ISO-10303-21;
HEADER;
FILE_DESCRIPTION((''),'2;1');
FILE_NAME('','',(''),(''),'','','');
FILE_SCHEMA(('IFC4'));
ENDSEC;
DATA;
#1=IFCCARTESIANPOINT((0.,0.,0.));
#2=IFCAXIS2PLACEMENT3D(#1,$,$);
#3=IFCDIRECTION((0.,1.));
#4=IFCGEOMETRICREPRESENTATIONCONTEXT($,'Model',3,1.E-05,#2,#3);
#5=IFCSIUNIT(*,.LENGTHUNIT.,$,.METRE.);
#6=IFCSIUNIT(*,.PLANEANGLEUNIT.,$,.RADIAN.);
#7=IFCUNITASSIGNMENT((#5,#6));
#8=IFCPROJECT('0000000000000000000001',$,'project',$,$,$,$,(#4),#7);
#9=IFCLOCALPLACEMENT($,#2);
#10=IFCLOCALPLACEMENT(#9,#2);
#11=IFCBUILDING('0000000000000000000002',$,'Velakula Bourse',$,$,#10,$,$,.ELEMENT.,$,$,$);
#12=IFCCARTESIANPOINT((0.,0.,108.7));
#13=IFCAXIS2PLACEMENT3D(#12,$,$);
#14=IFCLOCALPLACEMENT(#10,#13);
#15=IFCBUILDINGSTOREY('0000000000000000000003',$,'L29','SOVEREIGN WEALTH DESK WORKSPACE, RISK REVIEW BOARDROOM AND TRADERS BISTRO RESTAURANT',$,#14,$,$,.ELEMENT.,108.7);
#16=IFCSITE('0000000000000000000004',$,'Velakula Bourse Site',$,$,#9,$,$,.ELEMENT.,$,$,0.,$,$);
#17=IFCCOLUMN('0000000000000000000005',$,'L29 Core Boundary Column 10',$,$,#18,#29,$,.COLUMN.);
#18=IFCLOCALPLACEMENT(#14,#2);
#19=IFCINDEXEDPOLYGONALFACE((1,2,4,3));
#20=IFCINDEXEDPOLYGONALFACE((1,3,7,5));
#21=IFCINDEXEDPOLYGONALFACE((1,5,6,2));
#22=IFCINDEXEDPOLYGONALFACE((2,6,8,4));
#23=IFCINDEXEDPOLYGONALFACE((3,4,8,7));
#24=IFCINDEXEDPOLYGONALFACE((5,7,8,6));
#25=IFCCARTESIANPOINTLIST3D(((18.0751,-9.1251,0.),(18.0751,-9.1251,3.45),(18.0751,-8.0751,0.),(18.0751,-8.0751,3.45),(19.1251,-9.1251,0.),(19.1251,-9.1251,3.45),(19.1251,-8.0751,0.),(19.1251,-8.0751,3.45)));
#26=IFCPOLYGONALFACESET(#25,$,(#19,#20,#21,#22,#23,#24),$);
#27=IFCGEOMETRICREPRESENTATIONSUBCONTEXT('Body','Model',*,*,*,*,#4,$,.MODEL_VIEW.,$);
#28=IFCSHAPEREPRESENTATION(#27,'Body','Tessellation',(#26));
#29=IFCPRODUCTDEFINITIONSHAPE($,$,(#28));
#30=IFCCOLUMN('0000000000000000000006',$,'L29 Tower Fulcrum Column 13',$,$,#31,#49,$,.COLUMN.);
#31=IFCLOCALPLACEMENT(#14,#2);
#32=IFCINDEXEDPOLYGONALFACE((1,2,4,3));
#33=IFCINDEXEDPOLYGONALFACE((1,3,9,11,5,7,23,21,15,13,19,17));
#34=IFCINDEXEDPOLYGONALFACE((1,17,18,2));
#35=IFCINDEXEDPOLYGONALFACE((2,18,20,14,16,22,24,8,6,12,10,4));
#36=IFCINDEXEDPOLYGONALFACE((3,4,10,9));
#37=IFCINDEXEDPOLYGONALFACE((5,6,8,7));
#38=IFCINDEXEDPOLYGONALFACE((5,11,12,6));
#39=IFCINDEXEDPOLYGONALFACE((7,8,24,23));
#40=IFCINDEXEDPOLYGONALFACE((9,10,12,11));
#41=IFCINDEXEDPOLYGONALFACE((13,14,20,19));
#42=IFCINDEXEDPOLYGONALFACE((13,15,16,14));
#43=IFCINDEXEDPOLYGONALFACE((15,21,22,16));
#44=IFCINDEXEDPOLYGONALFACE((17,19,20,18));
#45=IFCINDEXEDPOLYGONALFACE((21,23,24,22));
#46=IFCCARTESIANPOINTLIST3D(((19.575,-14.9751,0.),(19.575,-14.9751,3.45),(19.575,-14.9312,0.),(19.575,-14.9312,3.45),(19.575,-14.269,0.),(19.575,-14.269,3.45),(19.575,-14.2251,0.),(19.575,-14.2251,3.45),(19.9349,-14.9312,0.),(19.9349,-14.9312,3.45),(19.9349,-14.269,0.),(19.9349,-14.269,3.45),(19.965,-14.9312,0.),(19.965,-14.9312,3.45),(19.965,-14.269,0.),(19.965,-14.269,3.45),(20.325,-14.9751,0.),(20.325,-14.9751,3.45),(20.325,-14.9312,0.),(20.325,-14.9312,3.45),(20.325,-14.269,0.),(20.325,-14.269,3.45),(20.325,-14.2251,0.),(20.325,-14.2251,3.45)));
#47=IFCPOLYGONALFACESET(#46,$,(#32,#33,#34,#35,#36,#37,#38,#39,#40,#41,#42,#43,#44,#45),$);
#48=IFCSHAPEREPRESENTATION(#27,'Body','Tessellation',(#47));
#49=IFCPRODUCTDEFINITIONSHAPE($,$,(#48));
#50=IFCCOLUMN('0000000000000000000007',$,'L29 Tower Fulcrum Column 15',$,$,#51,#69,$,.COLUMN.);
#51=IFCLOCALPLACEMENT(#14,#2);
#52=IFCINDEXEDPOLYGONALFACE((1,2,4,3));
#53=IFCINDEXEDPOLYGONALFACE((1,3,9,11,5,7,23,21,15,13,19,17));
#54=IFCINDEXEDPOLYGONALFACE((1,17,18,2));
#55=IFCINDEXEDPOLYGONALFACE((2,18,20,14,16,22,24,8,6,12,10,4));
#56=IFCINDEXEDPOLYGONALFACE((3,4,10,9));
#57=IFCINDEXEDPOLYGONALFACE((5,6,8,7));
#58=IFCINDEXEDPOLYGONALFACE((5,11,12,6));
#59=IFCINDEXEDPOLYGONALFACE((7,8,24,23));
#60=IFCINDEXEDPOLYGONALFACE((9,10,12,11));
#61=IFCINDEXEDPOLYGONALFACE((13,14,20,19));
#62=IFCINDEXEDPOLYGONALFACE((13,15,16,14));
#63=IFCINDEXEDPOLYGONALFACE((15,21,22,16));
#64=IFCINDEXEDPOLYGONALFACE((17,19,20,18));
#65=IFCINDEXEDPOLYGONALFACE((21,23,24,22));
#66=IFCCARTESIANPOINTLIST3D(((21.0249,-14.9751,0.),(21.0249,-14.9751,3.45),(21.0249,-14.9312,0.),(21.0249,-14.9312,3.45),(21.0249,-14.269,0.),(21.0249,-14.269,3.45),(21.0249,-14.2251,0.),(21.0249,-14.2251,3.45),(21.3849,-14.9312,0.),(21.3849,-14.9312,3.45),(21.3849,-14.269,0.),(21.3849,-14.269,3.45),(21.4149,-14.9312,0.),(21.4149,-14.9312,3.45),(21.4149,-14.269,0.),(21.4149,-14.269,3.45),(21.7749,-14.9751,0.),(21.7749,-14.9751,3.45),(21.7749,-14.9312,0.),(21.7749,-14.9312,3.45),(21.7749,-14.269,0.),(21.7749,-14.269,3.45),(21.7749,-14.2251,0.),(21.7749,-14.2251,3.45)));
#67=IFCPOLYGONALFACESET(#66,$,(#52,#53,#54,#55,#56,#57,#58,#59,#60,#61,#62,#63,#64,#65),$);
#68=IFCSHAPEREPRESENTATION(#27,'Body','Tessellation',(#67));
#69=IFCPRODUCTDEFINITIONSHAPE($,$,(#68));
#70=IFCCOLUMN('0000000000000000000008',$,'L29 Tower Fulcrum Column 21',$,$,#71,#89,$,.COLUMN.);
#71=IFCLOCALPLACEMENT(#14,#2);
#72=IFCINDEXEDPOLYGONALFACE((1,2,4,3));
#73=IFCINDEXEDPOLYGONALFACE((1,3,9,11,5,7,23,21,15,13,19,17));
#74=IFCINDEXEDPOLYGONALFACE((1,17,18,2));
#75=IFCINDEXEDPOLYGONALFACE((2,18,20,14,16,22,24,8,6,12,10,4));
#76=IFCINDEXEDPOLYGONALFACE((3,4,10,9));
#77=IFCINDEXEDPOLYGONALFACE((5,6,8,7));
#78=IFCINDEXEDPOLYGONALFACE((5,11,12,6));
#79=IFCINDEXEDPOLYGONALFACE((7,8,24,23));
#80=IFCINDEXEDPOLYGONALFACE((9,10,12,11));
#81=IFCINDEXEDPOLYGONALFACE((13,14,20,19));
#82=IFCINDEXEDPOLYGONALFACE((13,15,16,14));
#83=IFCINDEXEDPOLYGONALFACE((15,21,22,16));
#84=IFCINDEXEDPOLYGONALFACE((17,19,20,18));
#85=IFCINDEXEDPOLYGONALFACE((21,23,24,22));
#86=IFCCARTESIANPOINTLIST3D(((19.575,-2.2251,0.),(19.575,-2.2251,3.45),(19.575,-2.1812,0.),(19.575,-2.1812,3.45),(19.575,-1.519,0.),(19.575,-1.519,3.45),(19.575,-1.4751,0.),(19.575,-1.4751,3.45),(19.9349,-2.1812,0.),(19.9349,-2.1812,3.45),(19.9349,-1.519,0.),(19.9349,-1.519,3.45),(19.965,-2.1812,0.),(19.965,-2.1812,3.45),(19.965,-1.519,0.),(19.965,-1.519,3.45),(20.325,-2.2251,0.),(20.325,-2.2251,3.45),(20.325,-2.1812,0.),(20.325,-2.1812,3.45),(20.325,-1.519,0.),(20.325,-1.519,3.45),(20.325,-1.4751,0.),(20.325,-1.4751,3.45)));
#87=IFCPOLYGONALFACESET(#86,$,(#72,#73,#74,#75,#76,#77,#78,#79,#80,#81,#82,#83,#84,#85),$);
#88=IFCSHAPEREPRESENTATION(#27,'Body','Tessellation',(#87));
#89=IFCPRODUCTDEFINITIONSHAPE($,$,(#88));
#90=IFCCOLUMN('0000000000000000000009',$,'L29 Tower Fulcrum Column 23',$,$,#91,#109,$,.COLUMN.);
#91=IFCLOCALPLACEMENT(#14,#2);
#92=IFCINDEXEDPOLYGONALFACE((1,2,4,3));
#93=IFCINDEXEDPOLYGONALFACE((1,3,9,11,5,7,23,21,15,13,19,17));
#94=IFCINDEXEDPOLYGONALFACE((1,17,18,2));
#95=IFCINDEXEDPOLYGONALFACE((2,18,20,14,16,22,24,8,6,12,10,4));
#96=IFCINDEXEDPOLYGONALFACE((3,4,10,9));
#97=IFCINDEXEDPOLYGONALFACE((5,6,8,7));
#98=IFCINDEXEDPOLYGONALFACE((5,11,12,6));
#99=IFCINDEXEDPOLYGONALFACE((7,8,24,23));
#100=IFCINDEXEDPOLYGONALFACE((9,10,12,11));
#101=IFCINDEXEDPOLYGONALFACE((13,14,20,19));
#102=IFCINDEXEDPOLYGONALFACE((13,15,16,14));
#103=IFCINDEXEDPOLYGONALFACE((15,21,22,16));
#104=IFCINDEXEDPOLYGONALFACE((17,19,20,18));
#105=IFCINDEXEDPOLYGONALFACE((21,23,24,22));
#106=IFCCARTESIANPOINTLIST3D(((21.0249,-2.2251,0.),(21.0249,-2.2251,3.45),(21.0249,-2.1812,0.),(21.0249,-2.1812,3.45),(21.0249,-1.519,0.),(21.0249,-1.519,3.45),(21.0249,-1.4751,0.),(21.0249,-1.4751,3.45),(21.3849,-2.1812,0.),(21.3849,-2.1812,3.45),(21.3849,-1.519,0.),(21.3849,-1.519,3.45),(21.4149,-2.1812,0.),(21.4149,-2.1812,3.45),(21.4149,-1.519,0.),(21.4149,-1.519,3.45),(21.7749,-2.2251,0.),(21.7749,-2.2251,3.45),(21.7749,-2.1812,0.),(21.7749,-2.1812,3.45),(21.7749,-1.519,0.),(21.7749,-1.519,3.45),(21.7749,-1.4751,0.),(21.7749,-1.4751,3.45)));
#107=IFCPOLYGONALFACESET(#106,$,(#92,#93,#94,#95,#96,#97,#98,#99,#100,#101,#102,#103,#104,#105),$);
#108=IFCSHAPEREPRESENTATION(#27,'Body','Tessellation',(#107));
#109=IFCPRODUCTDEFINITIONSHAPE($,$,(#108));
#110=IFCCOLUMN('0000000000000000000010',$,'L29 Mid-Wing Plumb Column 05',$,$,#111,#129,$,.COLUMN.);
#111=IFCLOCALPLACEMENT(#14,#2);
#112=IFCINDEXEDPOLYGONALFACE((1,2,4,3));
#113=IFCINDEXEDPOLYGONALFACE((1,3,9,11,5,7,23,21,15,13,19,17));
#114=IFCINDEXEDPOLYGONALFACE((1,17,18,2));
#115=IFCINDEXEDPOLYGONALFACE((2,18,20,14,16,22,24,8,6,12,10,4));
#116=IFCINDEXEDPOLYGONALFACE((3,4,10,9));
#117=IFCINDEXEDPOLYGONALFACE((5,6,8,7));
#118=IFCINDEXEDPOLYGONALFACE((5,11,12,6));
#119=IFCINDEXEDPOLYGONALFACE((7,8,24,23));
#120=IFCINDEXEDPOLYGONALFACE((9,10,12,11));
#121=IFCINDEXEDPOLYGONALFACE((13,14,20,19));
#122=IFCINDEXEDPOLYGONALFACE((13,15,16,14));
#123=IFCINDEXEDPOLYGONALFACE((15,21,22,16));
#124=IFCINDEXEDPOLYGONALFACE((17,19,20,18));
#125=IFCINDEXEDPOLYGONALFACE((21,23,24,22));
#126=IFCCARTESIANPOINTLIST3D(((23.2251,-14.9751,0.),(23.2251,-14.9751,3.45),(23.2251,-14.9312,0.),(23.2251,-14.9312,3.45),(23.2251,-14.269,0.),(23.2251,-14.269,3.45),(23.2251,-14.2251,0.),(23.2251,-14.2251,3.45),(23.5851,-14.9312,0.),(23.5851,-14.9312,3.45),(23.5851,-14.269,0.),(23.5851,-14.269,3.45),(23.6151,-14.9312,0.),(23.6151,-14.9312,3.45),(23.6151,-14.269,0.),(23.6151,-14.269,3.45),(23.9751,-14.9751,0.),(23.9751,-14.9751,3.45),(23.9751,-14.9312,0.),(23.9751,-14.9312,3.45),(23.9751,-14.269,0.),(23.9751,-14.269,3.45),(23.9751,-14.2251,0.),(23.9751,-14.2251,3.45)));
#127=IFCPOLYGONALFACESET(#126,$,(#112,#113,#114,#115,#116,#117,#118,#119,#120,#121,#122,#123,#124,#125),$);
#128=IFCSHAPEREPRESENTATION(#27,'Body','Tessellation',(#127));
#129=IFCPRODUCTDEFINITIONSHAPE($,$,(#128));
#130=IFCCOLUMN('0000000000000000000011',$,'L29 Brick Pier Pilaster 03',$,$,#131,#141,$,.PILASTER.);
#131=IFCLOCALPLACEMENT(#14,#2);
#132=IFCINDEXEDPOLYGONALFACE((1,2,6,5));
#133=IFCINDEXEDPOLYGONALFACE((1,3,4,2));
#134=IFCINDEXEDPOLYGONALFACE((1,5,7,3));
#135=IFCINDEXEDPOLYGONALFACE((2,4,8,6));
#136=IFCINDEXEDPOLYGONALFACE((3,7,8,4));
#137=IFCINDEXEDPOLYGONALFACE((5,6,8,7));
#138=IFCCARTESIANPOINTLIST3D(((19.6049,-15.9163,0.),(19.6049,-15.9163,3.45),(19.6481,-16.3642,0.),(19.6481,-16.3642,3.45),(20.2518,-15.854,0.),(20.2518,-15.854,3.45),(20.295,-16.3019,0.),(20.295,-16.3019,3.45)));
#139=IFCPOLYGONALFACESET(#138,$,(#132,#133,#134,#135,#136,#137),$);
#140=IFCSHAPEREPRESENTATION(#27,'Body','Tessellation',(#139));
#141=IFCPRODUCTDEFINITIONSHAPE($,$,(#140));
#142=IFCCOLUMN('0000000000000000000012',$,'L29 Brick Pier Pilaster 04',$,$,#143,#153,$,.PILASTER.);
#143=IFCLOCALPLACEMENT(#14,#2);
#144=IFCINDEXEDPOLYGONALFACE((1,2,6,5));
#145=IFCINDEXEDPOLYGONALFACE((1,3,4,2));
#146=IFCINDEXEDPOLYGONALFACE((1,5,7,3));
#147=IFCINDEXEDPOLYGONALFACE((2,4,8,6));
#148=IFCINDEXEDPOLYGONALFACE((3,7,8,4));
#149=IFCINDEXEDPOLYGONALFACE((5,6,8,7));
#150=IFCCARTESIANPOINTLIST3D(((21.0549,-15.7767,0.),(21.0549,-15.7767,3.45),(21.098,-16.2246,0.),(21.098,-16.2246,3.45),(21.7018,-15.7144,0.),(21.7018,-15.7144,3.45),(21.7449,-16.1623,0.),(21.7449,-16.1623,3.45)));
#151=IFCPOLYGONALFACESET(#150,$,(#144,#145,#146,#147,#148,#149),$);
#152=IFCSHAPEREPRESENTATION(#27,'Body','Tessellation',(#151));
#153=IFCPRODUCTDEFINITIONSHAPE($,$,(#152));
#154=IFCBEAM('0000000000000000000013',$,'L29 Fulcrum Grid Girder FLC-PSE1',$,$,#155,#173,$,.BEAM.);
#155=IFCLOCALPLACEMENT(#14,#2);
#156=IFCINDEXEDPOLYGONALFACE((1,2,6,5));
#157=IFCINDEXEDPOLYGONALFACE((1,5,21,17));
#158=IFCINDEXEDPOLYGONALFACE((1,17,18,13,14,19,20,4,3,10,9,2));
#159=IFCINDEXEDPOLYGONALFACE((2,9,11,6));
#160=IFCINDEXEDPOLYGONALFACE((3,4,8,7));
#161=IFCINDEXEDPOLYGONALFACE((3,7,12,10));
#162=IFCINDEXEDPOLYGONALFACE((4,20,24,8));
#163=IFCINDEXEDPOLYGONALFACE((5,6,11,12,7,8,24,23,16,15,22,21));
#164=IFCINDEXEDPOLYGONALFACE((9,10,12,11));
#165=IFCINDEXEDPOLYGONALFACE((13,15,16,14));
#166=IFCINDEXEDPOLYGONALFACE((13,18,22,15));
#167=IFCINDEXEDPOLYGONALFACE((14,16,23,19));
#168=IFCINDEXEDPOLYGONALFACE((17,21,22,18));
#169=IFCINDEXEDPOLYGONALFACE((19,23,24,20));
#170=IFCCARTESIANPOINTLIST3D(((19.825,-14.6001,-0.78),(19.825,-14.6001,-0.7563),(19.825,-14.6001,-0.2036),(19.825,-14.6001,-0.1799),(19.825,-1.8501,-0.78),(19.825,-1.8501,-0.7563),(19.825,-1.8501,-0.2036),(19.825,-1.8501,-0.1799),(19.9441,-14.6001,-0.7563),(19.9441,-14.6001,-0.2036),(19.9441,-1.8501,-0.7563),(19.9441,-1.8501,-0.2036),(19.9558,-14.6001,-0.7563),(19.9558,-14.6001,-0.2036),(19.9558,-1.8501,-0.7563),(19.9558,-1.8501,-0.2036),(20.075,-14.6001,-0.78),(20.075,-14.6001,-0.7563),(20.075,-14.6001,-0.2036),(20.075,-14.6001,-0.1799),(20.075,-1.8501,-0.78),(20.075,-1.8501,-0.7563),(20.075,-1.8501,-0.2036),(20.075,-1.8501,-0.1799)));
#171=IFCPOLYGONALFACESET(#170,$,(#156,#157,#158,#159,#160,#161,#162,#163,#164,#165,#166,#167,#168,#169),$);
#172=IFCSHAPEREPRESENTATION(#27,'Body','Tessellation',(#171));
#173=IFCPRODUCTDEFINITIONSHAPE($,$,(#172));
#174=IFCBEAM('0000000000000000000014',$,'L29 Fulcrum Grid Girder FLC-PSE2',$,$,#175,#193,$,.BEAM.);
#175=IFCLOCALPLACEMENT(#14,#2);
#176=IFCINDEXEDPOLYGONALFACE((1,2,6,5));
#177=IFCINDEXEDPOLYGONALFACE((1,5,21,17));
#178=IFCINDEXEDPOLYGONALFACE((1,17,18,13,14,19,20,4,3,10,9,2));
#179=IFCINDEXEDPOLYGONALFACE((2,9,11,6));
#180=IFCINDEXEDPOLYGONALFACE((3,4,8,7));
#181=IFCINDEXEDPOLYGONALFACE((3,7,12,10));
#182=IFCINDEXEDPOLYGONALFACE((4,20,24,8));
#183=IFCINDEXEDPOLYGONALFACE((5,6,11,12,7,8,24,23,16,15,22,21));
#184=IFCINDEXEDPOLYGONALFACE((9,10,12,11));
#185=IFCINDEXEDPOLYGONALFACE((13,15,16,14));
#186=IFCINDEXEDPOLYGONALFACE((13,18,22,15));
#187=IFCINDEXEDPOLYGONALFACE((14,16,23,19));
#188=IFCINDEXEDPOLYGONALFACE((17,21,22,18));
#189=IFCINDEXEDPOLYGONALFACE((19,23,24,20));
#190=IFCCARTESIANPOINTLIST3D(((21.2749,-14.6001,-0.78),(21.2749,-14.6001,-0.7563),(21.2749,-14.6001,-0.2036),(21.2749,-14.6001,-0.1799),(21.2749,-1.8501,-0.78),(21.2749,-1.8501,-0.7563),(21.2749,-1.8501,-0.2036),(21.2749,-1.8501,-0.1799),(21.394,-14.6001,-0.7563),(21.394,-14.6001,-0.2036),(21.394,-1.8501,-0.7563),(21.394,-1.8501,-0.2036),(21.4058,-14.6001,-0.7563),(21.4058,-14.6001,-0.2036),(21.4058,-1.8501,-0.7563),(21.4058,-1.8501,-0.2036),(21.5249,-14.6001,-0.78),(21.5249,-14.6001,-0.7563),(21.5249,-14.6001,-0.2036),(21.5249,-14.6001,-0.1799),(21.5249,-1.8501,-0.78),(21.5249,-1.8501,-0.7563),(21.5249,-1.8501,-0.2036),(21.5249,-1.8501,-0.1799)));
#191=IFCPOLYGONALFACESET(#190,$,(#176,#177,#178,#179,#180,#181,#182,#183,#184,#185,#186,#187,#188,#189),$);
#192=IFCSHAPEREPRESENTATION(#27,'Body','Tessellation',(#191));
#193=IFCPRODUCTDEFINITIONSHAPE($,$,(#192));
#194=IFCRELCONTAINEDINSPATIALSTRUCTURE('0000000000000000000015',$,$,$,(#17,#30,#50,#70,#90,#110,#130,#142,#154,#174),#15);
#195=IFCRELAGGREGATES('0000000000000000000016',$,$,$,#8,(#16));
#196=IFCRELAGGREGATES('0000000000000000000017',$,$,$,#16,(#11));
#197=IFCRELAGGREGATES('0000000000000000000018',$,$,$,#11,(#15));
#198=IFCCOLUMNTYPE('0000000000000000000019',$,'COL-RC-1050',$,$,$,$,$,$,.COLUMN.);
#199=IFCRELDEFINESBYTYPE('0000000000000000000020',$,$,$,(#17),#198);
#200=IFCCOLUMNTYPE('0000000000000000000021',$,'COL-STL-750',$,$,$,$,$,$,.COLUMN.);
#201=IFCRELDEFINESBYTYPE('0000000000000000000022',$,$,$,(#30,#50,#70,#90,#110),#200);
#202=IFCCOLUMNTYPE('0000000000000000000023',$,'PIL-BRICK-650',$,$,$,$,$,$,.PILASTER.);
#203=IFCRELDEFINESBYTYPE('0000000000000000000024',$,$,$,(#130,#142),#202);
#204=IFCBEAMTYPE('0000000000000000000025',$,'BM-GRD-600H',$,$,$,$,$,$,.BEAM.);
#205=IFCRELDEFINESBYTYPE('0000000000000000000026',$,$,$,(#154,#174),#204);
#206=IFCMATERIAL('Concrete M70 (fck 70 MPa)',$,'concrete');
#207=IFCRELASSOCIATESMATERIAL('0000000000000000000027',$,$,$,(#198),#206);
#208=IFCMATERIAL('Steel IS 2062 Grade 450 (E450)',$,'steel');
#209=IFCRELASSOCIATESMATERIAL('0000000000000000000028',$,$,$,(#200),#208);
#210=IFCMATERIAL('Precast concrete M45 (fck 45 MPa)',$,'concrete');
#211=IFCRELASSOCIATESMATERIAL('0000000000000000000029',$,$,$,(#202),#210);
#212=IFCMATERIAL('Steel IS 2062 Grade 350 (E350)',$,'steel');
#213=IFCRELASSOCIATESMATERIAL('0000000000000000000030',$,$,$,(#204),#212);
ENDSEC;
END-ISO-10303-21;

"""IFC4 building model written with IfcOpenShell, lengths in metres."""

from ifc_helpers import new_model, si_unit, direction, frame, origin, origin_2d, place, context, subcontext, project, spatial, rectangle, i_section, extrude, material, material_profile, profile_set, type_object, element, save


model = new_model("IFC4")

# Units and contexts
model_context = context("Model", 3, precision=1e-05, world=origin(), true_north=direction((0.0, 1.0)))
body_context = subcontext(model_context, "Body", "Model", "MODEL_VIEW")
ifc_project = project(units=[si_unit("LENGTHUNIT", "METRE"), si_unit("PLANEANGLEUNIT", "RADIAN")], contexts=[model_context])

# Site, building, storey
site_placement = place(None, origin())
site = spatial("IfcSite", under=ifc_project, at=site_placement, Name="Velakula Bourse Site", CompositionType="ELEMENT", RefElevation=0.0)
building_placement = place(site_placement, origin())
building = spatial("IfcBuilding", under=site, at=building_placement, Name="Velakula Bourse", CompositionType="ELEMENT")
storey_placement = place(building_placement, frame((0.0, 0.0, 108.7)))
storey = spatial("IfcBuildingStorey", under=building, at=storey_placement, Name="L29", Description="SOVEREIGN WEALTH DESK WORKSPACE, RISK REVIEW BOARDROOM AND TRADERS BISTRO RESTAURANT", CompositionType="ELEMENT", Elevation=108.7)

# Columns
ifc_material_1 = material(Name="Concrete M70 (fck 70 MPa)", Category="concrete")
ifc_material_profile_1 = material_profile(ifc_material_1, rectangle(XDim=1.05, YDim=1.05, at=origin_2d()), Name="Concrete M70 (fck 70 MPa)")
ifc_profile_set_1 = profile_set([ifc_material_profile_1], Name="Concrete M70 (fck 70 MPa)")
column_type_1 = type_object("IfcColumnType", Name="COL-RC-1050", PredefinedType="COLUMN", material=ifc_profile_set_1)
column_placement = place(storey_placement, frame((18.6001, -8.6001, 0.0), z_axis=(0.0, 0.0, 1.0), x_axis=(1.0, 0.0, 0.0)))
element("IfcColumn", 1, at=column_placement, inside=storey, type_object=column_type_1, Name="L29 Core Boundary Column 10", PredefinedType="COLUMN", context=body_context, shape_type="SweptSolid", body=[
    extrude(rectangle(XDim=1.05, YDim=1.05, at=origin_2d()), origin(), (0.0, 0.0, 1.0), 3.45),
])
ifc_material_2 = material(Name="Steel IS 2062 Grade 450 (E450)", Category="steel")
ifc_material_profile_2 = material_profile(ifc_material_2, i_section(OverallWidth=0.75, OverallDepth=0.75, WebThickness=0.03, FlangeThickness=0.0439, at=origin_2d()), Name="Steel IS 2062 Grade 450 (E450)")
ifc_profile_set_2 = profile_set([ifc_material_profile_2], Name="Steel IS 2062 Grade 450 (E450)")
column_type_2 = type_object("IfcColumnType", Name="COL-STL-750", PredefinedType="COLUMN", material=ifc_profile_set_2)
for number, where, z_axis, x_axis, name in (
    (2, (19.95, -14.6001, 0.0), (0.0, 0.0, 1.0), (1.0, 0.0, 0.0), "L29 Tower Fulcrum Column 13"),
    (3, (21.3999, -14.6001, 0.0), (0.0, 0.0, 1.0), (1.0, 0.0, 0.0), "L29 Tower Fulcrum Column 15"),
    (4, (19.95, -1.8501, 0.0), (0.0, 0.0, 1.0), (1.0, 0.0, 0.0), "L29 Tower Fulcrum Column 21"),
    (5, (21.3999, -1.8501, 0.0), (0.0, 0.0, 1.0), (1.0, 0.0, 0.0), "L29 Tower Fulcrum Column 23"),
    (6, (23.6001, -14.6001, 0.0), (0.0, 0.0, 1.0), (1.0, 0.0, 0.0), "L29 Mid-Wing Plumb Column 05"),
):
    element("IfcColumn", number, at=place(storey_placement, frame(where, z_axis=z_axis, x_axis=x_axis)), inside=storey, type_object=column_type_2, Name=name, PredefinedType="COLUMN", context=body_context, shape_type="SweptSolid", body=[
        extrude(i_section(OverallWidth=0.75, OverallDepth=0.75, WebThickness=0.03, FlangeThickness=0.0439, at=origin_2d()), origin(), (0.0, 0.0, 1.0), 3.45),
    ])
ifc_material_3 = material(Name="Precast concrete M45 (fck 45 MPa)", Category="concrete")
ifc_material_profile_3 = material_profile(ifc_material_3, rectangle(XDim=0.6499, YDim=0.45, at=origin_2d()), Name="Precast concrete M45 (fck 45 MPa)")
ifc_profile_set_3 = profile_set([ifc_material_profile_3], Name="Precast concrete M45 (fck 45 MPa)")
column_type_3 = type_object("IfcColumnType", Name="PIL-BRICK-650", PredefinedType="PILASTER", material=ifc_profile_set_3)
for number, where, z_axis, x_axis, name in (
    (7, (19.95, -16.1091, 0.0), (0.0, 0.0, 1.0), (0.995396, 0.095846, 0.0), "L29 Brick Pier Pilaster 03"),
    (8, (21.3999, -15.9695, 0.0), (0.0, 0.0, 1.0), (0.995396, 0.095846, 0.0), "L29 Brick Pier Pilaster 04"),
):
    element("IfcColumn", number, at=place(storey_placement, frame(where, z_axis=z_axis, x_axis=x_axis)), inside=storey, type_object=column_type_3, Name=name, PredefinedType="PILASTER", context=body_context, shape_type="SweptSolid", body=[
        extrude(rectangle(XDim=0.6499, YDim=0.45, at=origin_2d()), origin(), (0.0, 0.0, 1.0), 3.45),
    ])

# Beams
ifc_material_4 = material(Name="Steel IS 2062 Grade 350 (E350)", Category="steel")
ifc_material_profile_4 = material_profile(ifc_material_4, i_section(OverallWidth=0.25, OverallDepth=0.6001, WebThickness=0.0117, FlangeThickness=0.0237, at=origin_2d()), Name="Steel IS 2062 Grade 350 (E350)")
ifc_profile_set_4 = profile_set([ifc_material_profile_4], Name="Steel IS 2062 Grade 350 (E350)")
beam_type_1 = type_object("IfcBeamType", Name="BM-GRD-600H", PredefinedType="BEAM", material=ifc_profile_set_4)
for number, where, z_axis, x_axis, name in (
    (9, (19.95, -14.6001, -0.48), (0.0, 1.0, 0.0), (-1.0, 0.0, 0.0), "L29 Fulcrum Grid Girder FLC-PSE1"),
    (10, (21.3999, -14.6001, -0.48), (0.0, 1.0, 0.0), (-1.0, 0.0, 0.0), "L29 Fulcrum Grid Girder FLC-PSE2"),
):
    element("IfcBeam", number, at=place(storey_placement, frame(where, z_axis=z_axis, x_axis=x_axis)), inside=storey, type_object=beam_type_1, Name=name, PredefinedType="BEAM", context=body_context, shape_type="SweptSolid", body=[
        extrude(i_section(OverallWidth=0.25, OverallDepth=0.6001, WebThickness=0.0117, FlangeThickness=0.0237, at=origin_2d()), origin(), (0.0, 0.0, 1.0), 12.75),
    ])

save(model, "model.ifc")
